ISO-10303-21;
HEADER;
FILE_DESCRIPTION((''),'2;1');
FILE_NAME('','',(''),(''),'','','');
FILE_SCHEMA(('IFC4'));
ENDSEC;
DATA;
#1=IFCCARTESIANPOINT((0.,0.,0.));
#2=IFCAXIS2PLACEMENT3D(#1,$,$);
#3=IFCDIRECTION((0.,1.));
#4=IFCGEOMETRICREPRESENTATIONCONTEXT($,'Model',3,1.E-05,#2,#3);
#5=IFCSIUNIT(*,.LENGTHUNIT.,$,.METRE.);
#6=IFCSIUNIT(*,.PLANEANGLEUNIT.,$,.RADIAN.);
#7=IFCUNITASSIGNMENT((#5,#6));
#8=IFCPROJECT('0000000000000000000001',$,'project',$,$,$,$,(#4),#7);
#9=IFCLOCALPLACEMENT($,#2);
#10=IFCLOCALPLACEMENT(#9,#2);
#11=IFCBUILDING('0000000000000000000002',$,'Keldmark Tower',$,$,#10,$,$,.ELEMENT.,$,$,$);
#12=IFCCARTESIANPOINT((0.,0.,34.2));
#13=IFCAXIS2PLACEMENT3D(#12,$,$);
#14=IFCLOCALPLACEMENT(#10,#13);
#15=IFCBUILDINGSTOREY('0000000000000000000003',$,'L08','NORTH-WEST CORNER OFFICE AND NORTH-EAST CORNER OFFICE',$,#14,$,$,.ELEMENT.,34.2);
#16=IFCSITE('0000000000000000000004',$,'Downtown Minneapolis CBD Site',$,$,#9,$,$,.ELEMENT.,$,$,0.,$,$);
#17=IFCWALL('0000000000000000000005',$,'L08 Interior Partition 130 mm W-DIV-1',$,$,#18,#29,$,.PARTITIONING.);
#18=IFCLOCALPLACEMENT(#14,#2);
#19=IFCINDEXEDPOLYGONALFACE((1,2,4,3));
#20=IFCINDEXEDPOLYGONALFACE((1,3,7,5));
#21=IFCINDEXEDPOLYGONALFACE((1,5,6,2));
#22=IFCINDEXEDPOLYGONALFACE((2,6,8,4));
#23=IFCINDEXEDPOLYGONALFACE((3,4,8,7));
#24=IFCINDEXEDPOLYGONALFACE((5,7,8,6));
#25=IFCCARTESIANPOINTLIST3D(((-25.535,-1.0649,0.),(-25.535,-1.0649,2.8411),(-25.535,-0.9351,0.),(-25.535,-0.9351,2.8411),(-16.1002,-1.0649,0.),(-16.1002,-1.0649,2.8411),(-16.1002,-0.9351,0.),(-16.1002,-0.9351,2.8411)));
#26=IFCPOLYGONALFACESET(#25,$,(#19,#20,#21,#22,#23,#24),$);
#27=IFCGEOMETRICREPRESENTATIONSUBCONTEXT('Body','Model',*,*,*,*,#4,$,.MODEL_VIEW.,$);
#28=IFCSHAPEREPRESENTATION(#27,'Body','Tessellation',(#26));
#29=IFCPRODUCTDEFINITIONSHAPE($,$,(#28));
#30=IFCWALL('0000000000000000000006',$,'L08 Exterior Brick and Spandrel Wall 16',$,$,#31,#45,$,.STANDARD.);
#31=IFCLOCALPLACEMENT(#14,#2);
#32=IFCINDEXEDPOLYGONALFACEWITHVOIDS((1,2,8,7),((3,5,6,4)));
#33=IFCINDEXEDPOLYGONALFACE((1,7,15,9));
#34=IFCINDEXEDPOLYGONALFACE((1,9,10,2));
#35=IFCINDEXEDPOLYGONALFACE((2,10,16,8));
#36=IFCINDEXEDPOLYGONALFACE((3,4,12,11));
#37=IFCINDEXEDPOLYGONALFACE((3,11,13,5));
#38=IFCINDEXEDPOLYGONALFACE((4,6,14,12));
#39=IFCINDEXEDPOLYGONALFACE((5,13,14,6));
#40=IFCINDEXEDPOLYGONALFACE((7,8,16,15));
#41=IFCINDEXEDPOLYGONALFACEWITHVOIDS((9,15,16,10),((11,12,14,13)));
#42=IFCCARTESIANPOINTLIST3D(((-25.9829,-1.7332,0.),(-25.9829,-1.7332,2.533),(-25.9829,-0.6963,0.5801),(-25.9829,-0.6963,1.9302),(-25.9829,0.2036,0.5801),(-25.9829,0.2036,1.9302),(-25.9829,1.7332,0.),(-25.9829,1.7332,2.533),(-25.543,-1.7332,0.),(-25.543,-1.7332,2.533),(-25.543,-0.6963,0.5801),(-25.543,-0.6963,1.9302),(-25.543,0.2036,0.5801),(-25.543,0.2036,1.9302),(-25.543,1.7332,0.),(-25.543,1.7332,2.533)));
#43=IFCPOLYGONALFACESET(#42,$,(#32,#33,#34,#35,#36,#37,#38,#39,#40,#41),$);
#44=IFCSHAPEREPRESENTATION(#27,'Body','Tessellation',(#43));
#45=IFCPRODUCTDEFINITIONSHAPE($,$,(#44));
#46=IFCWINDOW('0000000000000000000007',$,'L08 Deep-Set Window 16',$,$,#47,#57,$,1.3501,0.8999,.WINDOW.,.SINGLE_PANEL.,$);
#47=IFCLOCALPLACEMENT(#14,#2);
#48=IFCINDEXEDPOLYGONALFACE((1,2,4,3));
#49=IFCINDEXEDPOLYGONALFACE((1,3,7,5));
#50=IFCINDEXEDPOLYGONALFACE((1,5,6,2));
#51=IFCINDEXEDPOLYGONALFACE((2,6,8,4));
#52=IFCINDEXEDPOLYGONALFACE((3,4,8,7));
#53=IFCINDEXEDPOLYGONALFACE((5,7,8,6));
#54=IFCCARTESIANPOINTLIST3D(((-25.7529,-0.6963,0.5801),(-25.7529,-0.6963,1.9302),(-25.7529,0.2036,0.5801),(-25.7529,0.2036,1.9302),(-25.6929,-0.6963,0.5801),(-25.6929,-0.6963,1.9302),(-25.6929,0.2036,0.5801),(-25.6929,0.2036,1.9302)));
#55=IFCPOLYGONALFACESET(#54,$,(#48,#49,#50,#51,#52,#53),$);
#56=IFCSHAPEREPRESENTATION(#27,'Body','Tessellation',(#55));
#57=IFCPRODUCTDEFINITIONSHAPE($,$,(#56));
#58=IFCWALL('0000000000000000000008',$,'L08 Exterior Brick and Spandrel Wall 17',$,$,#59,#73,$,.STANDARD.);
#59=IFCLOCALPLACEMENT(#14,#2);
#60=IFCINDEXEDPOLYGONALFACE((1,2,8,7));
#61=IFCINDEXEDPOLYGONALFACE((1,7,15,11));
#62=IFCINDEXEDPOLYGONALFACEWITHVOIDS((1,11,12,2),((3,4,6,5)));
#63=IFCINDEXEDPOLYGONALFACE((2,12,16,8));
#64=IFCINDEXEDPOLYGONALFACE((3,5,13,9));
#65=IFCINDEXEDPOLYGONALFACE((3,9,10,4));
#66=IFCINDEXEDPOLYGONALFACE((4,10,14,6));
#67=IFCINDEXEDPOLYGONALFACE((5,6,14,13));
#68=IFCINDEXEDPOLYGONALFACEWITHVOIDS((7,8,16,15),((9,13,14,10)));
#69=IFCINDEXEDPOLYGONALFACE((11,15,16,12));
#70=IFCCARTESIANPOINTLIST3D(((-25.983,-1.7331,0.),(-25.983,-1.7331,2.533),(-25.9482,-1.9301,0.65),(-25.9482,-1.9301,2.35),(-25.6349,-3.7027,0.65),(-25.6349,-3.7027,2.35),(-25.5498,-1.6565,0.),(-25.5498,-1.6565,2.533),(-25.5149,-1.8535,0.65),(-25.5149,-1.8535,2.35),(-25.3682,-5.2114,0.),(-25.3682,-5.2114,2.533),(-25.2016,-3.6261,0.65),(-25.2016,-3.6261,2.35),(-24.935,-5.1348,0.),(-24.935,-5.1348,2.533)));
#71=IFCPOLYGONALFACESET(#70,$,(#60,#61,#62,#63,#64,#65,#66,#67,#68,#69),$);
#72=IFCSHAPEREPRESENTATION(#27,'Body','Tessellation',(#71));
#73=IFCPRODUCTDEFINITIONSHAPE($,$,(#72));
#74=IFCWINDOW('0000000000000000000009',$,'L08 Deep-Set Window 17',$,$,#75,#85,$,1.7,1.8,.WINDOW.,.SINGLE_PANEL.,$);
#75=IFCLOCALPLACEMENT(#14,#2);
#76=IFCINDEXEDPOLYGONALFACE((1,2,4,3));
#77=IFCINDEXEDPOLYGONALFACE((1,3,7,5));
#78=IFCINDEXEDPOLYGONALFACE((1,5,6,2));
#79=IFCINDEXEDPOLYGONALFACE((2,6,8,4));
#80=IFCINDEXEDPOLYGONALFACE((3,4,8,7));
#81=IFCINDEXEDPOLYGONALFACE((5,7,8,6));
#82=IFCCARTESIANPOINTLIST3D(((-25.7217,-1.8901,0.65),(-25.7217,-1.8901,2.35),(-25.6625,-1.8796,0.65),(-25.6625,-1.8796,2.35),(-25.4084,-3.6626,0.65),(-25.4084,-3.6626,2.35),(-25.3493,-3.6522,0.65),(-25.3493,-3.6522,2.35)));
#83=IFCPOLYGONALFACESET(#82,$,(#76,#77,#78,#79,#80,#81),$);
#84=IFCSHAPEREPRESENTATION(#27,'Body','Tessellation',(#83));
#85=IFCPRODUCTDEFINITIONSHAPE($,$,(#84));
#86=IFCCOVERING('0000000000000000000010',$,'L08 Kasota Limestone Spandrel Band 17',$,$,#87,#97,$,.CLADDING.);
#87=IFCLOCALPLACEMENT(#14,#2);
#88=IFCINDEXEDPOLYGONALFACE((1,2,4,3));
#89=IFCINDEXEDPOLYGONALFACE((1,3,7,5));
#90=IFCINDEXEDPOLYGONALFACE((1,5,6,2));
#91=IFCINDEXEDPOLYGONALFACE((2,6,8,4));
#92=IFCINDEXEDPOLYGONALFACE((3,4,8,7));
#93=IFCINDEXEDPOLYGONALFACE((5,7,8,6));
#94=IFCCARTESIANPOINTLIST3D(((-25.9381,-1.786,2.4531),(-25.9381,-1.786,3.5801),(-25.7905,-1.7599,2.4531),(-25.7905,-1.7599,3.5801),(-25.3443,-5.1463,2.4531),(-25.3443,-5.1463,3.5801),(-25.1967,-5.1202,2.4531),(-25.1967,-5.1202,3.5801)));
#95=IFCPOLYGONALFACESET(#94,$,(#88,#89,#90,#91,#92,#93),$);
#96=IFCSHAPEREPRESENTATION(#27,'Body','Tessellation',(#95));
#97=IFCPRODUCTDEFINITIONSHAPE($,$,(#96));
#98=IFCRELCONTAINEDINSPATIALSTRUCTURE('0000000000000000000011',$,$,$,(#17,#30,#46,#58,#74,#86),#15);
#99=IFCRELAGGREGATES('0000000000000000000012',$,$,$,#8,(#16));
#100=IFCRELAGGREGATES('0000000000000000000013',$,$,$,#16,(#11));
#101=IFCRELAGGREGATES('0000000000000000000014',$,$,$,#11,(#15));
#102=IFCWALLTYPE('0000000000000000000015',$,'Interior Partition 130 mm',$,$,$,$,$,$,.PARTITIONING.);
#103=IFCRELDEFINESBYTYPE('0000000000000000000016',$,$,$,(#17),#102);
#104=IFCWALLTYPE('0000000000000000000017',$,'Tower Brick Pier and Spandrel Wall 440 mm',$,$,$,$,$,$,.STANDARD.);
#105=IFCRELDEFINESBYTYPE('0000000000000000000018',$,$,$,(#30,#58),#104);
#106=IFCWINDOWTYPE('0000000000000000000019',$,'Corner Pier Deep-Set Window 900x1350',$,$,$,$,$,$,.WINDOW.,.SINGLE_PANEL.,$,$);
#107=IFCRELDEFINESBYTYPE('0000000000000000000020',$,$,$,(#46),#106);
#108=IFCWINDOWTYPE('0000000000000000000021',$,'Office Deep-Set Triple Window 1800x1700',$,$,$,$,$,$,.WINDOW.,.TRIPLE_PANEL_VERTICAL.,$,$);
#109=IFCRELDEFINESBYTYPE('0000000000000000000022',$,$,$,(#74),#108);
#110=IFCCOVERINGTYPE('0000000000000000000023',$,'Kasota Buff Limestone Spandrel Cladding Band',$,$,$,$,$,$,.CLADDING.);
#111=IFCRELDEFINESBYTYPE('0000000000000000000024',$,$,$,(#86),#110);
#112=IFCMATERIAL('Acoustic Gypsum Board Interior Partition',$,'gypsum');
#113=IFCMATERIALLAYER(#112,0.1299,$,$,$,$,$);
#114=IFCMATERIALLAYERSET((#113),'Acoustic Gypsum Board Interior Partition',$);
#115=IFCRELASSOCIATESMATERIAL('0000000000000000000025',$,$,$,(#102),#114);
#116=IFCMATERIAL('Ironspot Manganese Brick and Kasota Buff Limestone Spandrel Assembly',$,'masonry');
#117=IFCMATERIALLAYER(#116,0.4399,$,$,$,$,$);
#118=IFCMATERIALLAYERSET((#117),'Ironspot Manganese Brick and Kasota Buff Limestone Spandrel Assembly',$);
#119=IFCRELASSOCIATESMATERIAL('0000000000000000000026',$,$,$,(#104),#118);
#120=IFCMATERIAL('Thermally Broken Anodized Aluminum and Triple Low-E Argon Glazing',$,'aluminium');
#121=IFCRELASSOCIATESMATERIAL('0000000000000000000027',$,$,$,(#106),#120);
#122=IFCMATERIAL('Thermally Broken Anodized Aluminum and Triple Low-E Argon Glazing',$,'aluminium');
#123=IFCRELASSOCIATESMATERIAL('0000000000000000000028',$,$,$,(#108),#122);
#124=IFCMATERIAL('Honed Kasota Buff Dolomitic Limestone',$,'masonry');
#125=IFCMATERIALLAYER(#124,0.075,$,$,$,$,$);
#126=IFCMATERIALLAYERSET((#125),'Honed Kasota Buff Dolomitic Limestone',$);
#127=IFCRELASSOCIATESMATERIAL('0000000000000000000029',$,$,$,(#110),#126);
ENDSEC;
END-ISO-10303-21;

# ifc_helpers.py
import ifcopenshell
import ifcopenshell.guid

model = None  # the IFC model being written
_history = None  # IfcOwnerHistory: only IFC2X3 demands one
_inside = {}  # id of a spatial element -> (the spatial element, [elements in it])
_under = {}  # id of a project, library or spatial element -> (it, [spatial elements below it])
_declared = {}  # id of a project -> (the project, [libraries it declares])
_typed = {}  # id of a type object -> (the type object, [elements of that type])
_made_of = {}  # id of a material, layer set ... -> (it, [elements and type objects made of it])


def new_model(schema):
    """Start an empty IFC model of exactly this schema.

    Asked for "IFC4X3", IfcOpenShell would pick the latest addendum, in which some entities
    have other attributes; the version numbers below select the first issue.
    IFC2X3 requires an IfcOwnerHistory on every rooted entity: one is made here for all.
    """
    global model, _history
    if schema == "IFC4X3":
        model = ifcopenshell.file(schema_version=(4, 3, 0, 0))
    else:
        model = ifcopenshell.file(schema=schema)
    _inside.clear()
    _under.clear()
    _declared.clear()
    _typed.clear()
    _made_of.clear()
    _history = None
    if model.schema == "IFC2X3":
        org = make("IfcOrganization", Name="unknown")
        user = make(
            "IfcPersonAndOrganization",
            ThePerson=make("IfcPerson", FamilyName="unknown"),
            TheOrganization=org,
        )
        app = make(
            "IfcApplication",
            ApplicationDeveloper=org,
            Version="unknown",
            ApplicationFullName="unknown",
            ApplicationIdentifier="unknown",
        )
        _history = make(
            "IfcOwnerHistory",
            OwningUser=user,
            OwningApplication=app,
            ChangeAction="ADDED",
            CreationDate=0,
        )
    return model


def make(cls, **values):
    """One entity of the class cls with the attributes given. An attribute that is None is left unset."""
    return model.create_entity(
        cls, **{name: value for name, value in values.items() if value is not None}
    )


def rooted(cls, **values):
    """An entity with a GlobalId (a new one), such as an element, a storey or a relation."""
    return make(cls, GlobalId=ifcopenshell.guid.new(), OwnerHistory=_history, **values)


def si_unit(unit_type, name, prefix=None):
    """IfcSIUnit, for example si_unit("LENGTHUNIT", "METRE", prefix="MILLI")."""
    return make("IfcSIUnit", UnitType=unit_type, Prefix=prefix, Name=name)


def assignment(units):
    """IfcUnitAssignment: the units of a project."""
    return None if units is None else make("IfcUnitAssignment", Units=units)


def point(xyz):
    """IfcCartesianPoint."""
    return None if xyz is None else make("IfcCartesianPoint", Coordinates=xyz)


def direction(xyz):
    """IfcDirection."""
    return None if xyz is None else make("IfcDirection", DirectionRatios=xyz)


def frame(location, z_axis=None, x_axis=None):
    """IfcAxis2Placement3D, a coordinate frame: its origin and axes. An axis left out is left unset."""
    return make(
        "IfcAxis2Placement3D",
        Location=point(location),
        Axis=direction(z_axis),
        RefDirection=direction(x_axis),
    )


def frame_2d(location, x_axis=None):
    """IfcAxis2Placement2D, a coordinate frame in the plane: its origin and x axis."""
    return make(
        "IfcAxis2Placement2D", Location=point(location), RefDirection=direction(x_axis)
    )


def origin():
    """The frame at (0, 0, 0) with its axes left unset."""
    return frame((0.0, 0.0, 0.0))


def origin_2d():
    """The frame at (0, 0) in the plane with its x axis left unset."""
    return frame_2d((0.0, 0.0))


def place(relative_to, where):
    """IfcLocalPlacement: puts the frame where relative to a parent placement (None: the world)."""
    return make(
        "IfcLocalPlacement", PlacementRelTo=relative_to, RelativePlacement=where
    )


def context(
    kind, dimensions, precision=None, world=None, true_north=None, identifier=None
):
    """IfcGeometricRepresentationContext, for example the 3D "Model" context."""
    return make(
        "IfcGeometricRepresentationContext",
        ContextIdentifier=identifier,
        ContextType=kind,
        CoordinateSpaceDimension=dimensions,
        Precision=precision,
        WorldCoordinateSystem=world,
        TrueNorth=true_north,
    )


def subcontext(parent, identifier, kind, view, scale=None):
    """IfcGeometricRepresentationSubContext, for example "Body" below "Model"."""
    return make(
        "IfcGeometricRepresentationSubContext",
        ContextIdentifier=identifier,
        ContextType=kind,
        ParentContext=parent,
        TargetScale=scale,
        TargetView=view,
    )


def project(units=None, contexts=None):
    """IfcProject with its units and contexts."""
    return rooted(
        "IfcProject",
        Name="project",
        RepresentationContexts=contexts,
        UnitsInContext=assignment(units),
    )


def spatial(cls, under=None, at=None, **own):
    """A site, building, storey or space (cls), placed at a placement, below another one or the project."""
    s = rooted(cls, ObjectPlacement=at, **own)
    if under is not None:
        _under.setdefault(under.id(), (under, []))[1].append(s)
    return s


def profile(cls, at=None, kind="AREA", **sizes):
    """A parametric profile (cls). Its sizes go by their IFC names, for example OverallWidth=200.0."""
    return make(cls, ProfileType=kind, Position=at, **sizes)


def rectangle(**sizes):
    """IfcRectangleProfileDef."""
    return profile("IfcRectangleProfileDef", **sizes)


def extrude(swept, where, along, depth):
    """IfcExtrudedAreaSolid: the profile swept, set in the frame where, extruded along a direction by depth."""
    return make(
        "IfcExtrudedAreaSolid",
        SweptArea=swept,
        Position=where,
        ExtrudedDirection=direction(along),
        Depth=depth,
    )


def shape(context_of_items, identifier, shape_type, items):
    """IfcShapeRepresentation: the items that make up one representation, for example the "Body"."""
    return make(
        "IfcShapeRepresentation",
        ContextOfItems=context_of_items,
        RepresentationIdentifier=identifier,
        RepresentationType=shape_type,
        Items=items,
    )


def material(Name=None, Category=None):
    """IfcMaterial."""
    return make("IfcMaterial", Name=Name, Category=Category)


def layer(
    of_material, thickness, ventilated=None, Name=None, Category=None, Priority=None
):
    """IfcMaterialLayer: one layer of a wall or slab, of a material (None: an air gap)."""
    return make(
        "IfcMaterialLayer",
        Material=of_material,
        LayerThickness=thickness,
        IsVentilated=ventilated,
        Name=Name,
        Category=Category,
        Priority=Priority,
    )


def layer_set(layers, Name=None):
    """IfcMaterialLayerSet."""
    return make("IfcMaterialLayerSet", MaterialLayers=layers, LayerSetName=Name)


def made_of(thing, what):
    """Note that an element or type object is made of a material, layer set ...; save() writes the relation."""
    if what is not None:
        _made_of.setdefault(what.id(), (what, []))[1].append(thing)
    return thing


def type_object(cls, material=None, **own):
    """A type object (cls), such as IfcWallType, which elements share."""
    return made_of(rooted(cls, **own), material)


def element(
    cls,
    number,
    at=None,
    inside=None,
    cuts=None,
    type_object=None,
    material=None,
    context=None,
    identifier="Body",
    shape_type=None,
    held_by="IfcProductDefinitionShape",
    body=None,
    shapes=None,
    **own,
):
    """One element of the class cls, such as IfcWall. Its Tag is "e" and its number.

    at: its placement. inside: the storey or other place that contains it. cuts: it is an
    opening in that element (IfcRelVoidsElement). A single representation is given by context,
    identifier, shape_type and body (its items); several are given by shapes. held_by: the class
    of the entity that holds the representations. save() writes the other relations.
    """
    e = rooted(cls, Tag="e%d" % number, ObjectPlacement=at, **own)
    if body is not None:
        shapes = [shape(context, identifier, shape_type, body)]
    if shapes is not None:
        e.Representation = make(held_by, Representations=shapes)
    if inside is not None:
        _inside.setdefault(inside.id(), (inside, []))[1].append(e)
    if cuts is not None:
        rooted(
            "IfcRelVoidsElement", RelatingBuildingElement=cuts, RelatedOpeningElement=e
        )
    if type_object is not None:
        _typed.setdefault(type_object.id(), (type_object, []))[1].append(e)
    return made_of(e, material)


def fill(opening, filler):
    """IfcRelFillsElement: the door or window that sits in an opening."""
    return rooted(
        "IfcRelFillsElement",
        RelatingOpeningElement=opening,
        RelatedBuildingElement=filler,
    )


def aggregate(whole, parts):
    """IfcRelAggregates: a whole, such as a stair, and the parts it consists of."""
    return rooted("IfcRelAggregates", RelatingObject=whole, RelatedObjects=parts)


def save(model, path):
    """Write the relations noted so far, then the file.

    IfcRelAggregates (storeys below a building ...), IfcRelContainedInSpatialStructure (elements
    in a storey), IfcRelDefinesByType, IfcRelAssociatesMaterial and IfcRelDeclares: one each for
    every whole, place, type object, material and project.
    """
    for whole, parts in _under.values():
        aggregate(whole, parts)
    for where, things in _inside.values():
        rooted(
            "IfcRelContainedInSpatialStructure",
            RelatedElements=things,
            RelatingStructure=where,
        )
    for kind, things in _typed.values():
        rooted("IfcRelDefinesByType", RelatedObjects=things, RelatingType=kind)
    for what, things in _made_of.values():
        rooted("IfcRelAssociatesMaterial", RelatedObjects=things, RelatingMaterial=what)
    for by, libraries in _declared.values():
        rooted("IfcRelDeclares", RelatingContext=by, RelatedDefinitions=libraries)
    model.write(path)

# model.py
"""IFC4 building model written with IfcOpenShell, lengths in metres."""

from ifc_helpers import new_model, si_unit, direction, frame, frame_2d, origin, origin_2d, place, context, subcontext, project, spatial, rectangle, extrude, material, layer, layer_set, type_object, element, fill, save


model = new_model("IFC4")

# Units and contexts
model_context = context("Model", 3, precision=1e-05, world=origin(), true_north=direction((0.0, 1.0)))
body_context = subcontext(model_context, "Body", "Model", "MODEL_VIEW")
ifc_project = project(units=[si_unit("LENGTHUNIT", "METRE"), si_unit("PLANEANGLEUNIT", "RADIAN")], contexts=[model_context])

# Site, building, storey
site_placement = place(None, origin())
site = spatial("IfcSite", under=ifc_project, at=site_placement, Name="Downtown Minneapolis CBD Site", CompositionType="ELEMENT", RefElevation=0.0)
building_placement = place(site_placement, origin())
building = spatial("IfcBuilding", under=site, at=building_placement, Name="Keldmark Tower", CompositionType="ELEMENT")
storey_placement = place(building_placement, frame((0.0, 0.0, 34.2)))
storey = spatial("IfcBuildingStorey", under=building, at=storey_placement, Name="L08", Description="NORTH-WEST CORNER OFFICE AND NORTH-EAST CORNER OFFICE", CompositionType="ELEMENT", Elevation=34.2)

# Wall
ifc_material_1 = material(Name="Acoustic Gypsum Board Interior Partition", Category="gypsum")
ifc_layer_1 = layer(ifc_material_1, 0.1299)
ifc_layer_set_1 = layer_set([ifc_layer_1], Name="Acoustic Gypsum Board Interior Partition")
wall_type_1 = type_object("IfcWallType", Name="Interior Partition 130 mm", PredefinedType="PARTITIONING", material=ifc_layer_set_1)
wall_1_placement = place(storey_placement, frame((-25.5349, -1.0, 0.0), z_axis=(0.0, 0.0, 1.0), x_axis=(1.0, 0.0, 0.0)))
element("IfcWall", 1, at=wall_1_placement, inside=storey, type_object=wall_type_1, Name="L08 Interior Partition 130 mm W-DIV-1", PredefinedType="PARTITIONING", context=body_context, shape_type="SweptSolid", body=[
    extrude(rectangle(XDim=9.4348, YDim=0.1299, at=frame_2d((4.7173, 0.0))), origin(), (0.0, 0.0, 1.0), 2.8411),
])

# Walls, openings, windows
ifc_material_2 = material(Name="Ironspot Manganese Brick and Kasota Buff Limestone Spandrel Assembly", Category="masonry")
ifc_layer_2 = layer(ifc_material_2, 0.4399)
ifc_layer_set_2 = layer_set([ifc_layer_2], Name="Ironspot Manganese Brick and Kasota Buff Limestone Spandrel Assembly")
wall_type_2 = type_object("IfcWallType", Name="Tower Brick Pier and Spandrel Wall 440 mm", PredefinedType="STANDARD", material=ifc_layer_set_2)
wall_2_placement = place(storey_placement, frame((-25.7629, -1.7332, 0.0), z_axis=(0.0, 0.0, 1.0), x_axis=(0.0, 1.0, 0.0)))
wall_2 = element("IfcWall", 2, at=wall_2_placement, inside=storey, type_object=wall_type_2, Name="L08 Exterior Brick and Spandrel Wall 16", PredefinedType="STANDARD", context=body_context, shape_type="SweptSolid", body=[
    extrude(rectangle(XDim=3.4663, YDim=0.4399, at=frame_2d((1.7332, 0.0))), origin(), (0.0, 0.0, 1.0), 2.533),
])
opening_1_placement = place(wall_2_placement, frame((1.0369, 0.0, 0.5801)))
opening_1 = element("IfcOpeningElement", 3, at=opening_1_placement, cuts=wall_2, PredefinedType="OPENING", context=body_context, shape_type="SweptSolid", body=[
    extrude(rectangle(XDim=0.8999, YDim=1.3501, at=frame_2d((0.45, 0.675))), frame((0.0, 0.23, 0.0), z_axis=(0.0, -1.0, 0.0), x_axis=(1.0, 0.0, 0.0)), (0.0, 0.0, 1.0), 0.46),
])
ifc_material_3 = material(Name="Thermally Broken Anodized Aluminum and Triple Low-E Argon Glazing", Category="aluminium")
window_type_1 = type_object("IfcWindowType", Name="Corner Pier Deep-Set Window 900x1350", PartitioningType="SINGLE_PANEL", PredefinedType="WINDOW", material=ifc_material_3)
window_1_placement = place(opening_1_placement, origin())
window_1 = element("IfcWindow", 4, at=window_1_placement, inside=storey, type_object=window_type_1, Name="L08 Deep-Set Window 16", OverallHeight=1.3501, OverallWidth=0.8999, PartitioningType="SINGLE_PANEL", PredefinedType="WINDOW", context=body_context, shape_type="SweptSolid", body=[
    extrude(rectangle(XDim=0.8999, YDim=1.3501, at=frame_2d((0.45, 0.675))), frame((0.0, -0.01, 0.0), z_axis=(0.0, -1.0, 0.0), x_axis=(1.0, 0.0, 0.0)), (0.0, 0.0, 1.0), 0.0601),
])
fill(opening_1, window_1)
wall_3_placement = place(storey_placement, frame((-25.1516, -5.1731, 0.0), z_axis=(0.0, 0.0, 1.0), x_axis=(-0.174042, 0.984738, 0.0)))
wall_3 = element("IfcWall", 5, at=wall_3_placement, inside=storey, type_object=wall_type_2, Name="L08 Exterior Brick and Spandrel Wall 17", PredefinedType="STANDARD", context=body_context, shape_type="SweptSolid", body=[
    extrude(rectangle(XDim=3.5322, YDim=0.4399, at=frame_2d((1.7661, 0.0))), origin(), (0.0, 0.0, 1.0), 2.533),
])
opening_2_placement = place(wall_3_placement, frame((1.5322, 0.0, 0.6499)))
opening_2 = element("IfcOpeningElement", 6, at=opening_2_placement, cuts=wall_3, PredefinedType="OPENING", context=body_context, shape_type="SweptSolid", body=[
    extrude(rectangle(XDim=1.8, YDim=1.7, at=frame_2d((0.8999, 0.8501))), frame((0.0, 0.23, 0.0), z_axis=(0.0, -1.0, 0.0), x_axis=(1.0, 0.0, 0.0)), (0.0, 0.0, 1.0), 0.46),
])
ifc_material_4 = material(Name="Thermally Broken Anodized Aluminum and Triple Low-E Argon Glazing", Category="aluminium")
window_type_2 = type_object("IfcWindowType", Name="Office Deep-Set Triple Window 1800x1700", PartitioningType="TRIPLE_PANEL_VERTICAL", PredefinedType="WINDOW", material=ifc_material_4)
window_2_placement = place(opening_2_placement, origin())
window_2 = element("IfcWindow", 7, at=window_2_placement, inside=storey, type_object=window_type_2, Name="L08 Deep-Set Window 17", OverallHeight=1.7, OverallWidth=1.8, PartitioningType="SINGLE_PANEL", PredefinedType="WINDOW", context=body_context, shape_type="SweptSolid", body=[
    extrude(rectangle(XDim=1.8, YDim=1.7, at=frame_2d((0.8999, 0.8501))), frame((0.0, -0.01, 0.0), z_axis=(0.0, -1.0, 0.0), x_axis=(1.0, 0.0, 0.0)), (0.0, 0.0, 1.0), 0.0601),
])
fill(opening_2, window_2)

# Covering
ifc_material_5 = material(Name="Honed Kasota Buff Dolomitic Limestone", Category="masonry")
ifc_layer_3 = layer(ifc_material_5, 0.075)
ifc_layer_set_3 = layer_set([ifc_layer_3], Name="Honed Kasota Buff Dolomitic Limestone")
covering_type = type_object("IfcCoveringType", Name="Kasota Buff Limestone Spandrel Cladding Band", PredefinedType="CLADDING", material=ifc_layer_set_3)
covering_placement = place(storey_placement, frame((-25.5674, -3.4531, 2.4531), z_axis=(0.0, 0.0, 1.0), x_axis=(0.174026, -0.984741, 0.0)))
element("IfcCovering", 8, at=covering_placement, inside=storey, type_object=covering_type, Name="L08 Kasota Limestone Spandrel Band 17", PredefinedType="CLADDING", context=body_context, shape_type="SweptSolid", body=[
    extrude(rectangle(XDim=3.4124, YDim=0.1499, at=origin_2d()), origin(), (0.0, 0.0, 1.0), 1.127),
])

save(model, "model.ifc")
